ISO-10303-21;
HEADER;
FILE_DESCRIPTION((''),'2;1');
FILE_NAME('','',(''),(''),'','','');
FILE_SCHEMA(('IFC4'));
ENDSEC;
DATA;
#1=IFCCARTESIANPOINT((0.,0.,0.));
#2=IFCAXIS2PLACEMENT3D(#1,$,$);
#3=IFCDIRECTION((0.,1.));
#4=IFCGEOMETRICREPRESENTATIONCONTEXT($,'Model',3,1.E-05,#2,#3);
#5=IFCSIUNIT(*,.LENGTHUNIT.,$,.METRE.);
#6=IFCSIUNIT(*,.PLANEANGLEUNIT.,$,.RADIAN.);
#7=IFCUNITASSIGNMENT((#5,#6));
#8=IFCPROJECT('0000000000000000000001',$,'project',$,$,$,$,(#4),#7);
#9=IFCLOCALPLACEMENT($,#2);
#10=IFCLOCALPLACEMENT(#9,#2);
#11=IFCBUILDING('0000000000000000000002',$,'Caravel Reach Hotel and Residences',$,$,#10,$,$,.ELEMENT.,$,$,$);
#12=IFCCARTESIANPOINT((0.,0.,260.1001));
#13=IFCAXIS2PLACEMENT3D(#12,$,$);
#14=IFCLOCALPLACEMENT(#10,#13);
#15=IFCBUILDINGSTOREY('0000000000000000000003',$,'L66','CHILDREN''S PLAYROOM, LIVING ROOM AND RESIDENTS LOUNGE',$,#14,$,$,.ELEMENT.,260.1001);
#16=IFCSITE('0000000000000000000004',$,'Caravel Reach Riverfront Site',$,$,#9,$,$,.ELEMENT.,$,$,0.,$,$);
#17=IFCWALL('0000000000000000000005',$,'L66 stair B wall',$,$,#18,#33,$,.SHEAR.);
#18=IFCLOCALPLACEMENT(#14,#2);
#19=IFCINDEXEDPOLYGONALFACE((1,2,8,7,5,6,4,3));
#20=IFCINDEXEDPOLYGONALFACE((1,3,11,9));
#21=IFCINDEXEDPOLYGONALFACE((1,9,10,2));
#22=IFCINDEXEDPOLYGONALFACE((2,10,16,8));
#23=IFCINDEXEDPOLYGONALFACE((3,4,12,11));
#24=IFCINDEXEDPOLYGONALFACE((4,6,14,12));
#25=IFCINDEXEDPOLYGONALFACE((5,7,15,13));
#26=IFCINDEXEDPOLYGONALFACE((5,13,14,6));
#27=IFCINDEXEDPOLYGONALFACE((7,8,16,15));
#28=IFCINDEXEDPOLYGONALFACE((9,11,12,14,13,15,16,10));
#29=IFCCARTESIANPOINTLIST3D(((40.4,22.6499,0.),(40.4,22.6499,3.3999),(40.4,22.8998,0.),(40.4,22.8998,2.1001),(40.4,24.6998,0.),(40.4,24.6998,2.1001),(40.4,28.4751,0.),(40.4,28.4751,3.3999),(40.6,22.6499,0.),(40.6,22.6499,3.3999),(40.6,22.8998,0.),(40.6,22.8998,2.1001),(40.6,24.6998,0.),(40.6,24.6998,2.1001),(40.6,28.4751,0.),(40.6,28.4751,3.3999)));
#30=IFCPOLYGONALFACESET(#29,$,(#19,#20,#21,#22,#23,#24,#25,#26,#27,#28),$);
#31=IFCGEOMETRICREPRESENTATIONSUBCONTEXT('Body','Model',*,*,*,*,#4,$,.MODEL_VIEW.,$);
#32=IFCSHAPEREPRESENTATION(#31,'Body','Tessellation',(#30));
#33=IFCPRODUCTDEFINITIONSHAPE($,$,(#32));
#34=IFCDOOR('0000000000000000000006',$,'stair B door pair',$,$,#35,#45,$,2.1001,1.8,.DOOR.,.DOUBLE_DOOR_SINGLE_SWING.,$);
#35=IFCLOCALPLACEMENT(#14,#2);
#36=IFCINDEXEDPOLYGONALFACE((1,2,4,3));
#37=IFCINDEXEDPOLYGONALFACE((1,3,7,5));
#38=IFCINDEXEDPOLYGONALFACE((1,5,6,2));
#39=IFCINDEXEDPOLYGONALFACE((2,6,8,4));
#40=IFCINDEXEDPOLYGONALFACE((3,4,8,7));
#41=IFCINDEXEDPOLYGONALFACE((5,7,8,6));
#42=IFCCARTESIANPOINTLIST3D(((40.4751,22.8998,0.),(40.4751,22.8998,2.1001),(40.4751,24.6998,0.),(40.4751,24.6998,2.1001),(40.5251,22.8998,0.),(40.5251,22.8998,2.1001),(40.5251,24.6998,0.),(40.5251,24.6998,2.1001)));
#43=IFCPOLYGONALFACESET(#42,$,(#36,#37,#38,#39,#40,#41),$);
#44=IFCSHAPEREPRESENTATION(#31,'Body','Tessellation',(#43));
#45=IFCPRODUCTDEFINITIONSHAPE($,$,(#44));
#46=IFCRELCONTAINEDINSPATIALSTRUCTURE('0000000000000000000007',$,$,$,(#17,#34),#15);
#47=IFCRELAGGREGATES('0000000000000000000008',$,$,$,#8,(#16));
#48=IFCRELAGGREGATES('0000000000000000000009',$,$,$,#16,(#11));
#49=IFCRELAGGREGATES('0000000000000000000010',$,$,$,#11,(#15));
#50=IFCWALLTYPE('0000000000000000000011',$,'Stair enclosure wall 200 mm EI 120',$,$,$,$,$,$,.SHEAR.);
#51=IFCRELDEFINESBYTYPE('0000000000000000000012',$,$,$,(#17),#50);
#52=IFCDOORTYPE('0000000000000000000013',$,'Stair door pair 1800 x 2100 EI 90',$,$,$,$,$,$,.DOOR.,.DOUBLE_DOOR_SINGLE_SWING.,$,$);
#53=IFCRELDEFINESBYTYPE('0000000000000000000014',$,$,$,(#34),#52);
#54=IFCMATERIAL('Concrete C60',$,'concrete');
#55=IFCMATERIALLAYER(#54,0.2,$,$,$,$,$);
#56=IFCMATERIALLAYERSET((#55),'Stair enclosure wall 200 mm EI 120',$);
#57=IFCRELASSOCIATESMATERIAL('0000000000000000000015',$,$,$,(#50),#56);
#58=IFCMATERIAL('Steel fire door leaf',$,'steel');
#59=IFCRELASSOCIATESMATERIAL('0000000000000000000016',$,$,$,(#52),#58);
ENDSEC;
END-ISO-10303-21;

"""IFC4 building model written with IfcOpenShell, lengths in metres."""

from ifc_helpers import new_model, si_unit, direction, frame, frame_2d, origin, place, context, subcontext, project, spatial, rectangle, extrude, material, layer, layer_set, type_object, element, fill, save


model = new_model("IFC4")

# Units and contexts
model_context = context("Model", 3, precision=1e-05, world=origin(), true_north=direction((0.0, 1.0)))
body_context = subcontext(model_context, "Body", "Model", "MODEL_VIEW")
ifc_project = project(units=[si_unit("LENGTHUNIT", "METRE"), si_unit("PLANEANGLEUNIT", "RADIAN")], contexts=[model_context])

# Site, building, storey
site_placement = place(None, origin())
site = spatial("IfcSite", under=ifc_project, at=site_placement, Name="Caravel Reach Riverfront Site", CompositionType="ELEMENT", RefElevation=0.0)
building_placement = place(site_placement, origin())
building = spatial("IfcBuilding", under=site, at=building_placement, Name="Caravel Reach Hotel and Residences", CompositionType="ELEMENT")
storey_placement = place(building_placement, frame((0.0, 0.0, 260.1001)))
storey = spatial("IfcBuildingStorey", under=building, at=storey_placement, Name="L66", Description="CHILDREN'S PLAYROOM, LIVING ROOM AND RESIDENTS LOUNGE", CompositionType="ELEMENT", Elevation=260.1001)

# Wall, opening, door
ifc_material_1 = material(Name="Concrete C60", Category="concrete")
ifc_layer_1 = layer(ifc_material_1, 0.2)
ifc_layer_set_1 = layer_set([ifc_layer_1], Name="Stair enclosure wall 200 mm EI 120")
wall_type_1 = type_object("IfcWallType", Name="Stair enclosure wall 200 mm EI 120", PredefinedType="SHEAR", material=ifc_layer_set_1)
wall_1_placement = place(storey_placement, frame((40.5, 22.6499, 0.0), z_axis=(0.0, 0.0, 1.0), x_axis=(0.0, 1.0, 0.0)))
wall_1 = element("IfcWall", 1, at=wall_1_placement, inside=storey, type_object=wall_type_1, Name="L66 stair B wall", PredefinedType="SHEAR", context=body_context, shape_type="SweptSolid", body=[
    extrude(rectangle(XDim=5.8252, YDim=0.2, at=frame_2d((2.9126, 0.0))), origin(), (0.0, 0.0, 1.0), 3.3999),
])
opening_1_placement = place(wall_1_placement, frame((0.25, 0.0, 0.0)))
opening_1 = element("IfcOpeningElement", 2, at=opening_1_placement, cuts=wall_1, PredefinedType="OPENING", context=body_context, shape_type="SweptSolid", body=[
    extrude(rectangle(XDim=1.8, YDim=2.1001, at=frame_2d((0.8999, 1.05))), frame((0.0, 0.1099, 0.0), z_axis=(0.0, -1.0, 0.0), x_axis=(1.0, 0.0, 0.0)), (0.0, 0.0, 1.0), 0.22),
])
ifc_material_2 = material(Name="Steel fire door leaf", Category="steel")
door_type_1 = type_object("IfcDoorType", Name="Stair door pair 1800 x 2100 EI 90", OperationType="DOUBLE_DOOR_SINGLE_SWING", PredefinedType="DOOR", material=ifc_material_2)
door_1_placement = place(opening_1_placement, origin())
door_1 = element("IfcDoor", 3, at=door_1_placement, inside=storey, type_object=door_type_1, Name="stair B door pair", OperationType="DOUBLE_DOOR_SINGLE_SWING", OverallHeight=2.1001, OverallWidth=1.8, PredefinedType="DOOR", context=body_context, shape_type="SweptSolid", body=[
    extrude(rectangle(XDim=1.8, YDim=2.1001, at=frame_2d((0.8999, 1.05))), frame((0.0, 0.0249, 0.0), z_axis=(0.0, -1.0, 0.0), x_axis=(1.0, 0.0, 0.0)), (0.0, 0.0, 1.0), 0.05),
])
fill(opening_1, door_1)

save(model, "model.ifc")
